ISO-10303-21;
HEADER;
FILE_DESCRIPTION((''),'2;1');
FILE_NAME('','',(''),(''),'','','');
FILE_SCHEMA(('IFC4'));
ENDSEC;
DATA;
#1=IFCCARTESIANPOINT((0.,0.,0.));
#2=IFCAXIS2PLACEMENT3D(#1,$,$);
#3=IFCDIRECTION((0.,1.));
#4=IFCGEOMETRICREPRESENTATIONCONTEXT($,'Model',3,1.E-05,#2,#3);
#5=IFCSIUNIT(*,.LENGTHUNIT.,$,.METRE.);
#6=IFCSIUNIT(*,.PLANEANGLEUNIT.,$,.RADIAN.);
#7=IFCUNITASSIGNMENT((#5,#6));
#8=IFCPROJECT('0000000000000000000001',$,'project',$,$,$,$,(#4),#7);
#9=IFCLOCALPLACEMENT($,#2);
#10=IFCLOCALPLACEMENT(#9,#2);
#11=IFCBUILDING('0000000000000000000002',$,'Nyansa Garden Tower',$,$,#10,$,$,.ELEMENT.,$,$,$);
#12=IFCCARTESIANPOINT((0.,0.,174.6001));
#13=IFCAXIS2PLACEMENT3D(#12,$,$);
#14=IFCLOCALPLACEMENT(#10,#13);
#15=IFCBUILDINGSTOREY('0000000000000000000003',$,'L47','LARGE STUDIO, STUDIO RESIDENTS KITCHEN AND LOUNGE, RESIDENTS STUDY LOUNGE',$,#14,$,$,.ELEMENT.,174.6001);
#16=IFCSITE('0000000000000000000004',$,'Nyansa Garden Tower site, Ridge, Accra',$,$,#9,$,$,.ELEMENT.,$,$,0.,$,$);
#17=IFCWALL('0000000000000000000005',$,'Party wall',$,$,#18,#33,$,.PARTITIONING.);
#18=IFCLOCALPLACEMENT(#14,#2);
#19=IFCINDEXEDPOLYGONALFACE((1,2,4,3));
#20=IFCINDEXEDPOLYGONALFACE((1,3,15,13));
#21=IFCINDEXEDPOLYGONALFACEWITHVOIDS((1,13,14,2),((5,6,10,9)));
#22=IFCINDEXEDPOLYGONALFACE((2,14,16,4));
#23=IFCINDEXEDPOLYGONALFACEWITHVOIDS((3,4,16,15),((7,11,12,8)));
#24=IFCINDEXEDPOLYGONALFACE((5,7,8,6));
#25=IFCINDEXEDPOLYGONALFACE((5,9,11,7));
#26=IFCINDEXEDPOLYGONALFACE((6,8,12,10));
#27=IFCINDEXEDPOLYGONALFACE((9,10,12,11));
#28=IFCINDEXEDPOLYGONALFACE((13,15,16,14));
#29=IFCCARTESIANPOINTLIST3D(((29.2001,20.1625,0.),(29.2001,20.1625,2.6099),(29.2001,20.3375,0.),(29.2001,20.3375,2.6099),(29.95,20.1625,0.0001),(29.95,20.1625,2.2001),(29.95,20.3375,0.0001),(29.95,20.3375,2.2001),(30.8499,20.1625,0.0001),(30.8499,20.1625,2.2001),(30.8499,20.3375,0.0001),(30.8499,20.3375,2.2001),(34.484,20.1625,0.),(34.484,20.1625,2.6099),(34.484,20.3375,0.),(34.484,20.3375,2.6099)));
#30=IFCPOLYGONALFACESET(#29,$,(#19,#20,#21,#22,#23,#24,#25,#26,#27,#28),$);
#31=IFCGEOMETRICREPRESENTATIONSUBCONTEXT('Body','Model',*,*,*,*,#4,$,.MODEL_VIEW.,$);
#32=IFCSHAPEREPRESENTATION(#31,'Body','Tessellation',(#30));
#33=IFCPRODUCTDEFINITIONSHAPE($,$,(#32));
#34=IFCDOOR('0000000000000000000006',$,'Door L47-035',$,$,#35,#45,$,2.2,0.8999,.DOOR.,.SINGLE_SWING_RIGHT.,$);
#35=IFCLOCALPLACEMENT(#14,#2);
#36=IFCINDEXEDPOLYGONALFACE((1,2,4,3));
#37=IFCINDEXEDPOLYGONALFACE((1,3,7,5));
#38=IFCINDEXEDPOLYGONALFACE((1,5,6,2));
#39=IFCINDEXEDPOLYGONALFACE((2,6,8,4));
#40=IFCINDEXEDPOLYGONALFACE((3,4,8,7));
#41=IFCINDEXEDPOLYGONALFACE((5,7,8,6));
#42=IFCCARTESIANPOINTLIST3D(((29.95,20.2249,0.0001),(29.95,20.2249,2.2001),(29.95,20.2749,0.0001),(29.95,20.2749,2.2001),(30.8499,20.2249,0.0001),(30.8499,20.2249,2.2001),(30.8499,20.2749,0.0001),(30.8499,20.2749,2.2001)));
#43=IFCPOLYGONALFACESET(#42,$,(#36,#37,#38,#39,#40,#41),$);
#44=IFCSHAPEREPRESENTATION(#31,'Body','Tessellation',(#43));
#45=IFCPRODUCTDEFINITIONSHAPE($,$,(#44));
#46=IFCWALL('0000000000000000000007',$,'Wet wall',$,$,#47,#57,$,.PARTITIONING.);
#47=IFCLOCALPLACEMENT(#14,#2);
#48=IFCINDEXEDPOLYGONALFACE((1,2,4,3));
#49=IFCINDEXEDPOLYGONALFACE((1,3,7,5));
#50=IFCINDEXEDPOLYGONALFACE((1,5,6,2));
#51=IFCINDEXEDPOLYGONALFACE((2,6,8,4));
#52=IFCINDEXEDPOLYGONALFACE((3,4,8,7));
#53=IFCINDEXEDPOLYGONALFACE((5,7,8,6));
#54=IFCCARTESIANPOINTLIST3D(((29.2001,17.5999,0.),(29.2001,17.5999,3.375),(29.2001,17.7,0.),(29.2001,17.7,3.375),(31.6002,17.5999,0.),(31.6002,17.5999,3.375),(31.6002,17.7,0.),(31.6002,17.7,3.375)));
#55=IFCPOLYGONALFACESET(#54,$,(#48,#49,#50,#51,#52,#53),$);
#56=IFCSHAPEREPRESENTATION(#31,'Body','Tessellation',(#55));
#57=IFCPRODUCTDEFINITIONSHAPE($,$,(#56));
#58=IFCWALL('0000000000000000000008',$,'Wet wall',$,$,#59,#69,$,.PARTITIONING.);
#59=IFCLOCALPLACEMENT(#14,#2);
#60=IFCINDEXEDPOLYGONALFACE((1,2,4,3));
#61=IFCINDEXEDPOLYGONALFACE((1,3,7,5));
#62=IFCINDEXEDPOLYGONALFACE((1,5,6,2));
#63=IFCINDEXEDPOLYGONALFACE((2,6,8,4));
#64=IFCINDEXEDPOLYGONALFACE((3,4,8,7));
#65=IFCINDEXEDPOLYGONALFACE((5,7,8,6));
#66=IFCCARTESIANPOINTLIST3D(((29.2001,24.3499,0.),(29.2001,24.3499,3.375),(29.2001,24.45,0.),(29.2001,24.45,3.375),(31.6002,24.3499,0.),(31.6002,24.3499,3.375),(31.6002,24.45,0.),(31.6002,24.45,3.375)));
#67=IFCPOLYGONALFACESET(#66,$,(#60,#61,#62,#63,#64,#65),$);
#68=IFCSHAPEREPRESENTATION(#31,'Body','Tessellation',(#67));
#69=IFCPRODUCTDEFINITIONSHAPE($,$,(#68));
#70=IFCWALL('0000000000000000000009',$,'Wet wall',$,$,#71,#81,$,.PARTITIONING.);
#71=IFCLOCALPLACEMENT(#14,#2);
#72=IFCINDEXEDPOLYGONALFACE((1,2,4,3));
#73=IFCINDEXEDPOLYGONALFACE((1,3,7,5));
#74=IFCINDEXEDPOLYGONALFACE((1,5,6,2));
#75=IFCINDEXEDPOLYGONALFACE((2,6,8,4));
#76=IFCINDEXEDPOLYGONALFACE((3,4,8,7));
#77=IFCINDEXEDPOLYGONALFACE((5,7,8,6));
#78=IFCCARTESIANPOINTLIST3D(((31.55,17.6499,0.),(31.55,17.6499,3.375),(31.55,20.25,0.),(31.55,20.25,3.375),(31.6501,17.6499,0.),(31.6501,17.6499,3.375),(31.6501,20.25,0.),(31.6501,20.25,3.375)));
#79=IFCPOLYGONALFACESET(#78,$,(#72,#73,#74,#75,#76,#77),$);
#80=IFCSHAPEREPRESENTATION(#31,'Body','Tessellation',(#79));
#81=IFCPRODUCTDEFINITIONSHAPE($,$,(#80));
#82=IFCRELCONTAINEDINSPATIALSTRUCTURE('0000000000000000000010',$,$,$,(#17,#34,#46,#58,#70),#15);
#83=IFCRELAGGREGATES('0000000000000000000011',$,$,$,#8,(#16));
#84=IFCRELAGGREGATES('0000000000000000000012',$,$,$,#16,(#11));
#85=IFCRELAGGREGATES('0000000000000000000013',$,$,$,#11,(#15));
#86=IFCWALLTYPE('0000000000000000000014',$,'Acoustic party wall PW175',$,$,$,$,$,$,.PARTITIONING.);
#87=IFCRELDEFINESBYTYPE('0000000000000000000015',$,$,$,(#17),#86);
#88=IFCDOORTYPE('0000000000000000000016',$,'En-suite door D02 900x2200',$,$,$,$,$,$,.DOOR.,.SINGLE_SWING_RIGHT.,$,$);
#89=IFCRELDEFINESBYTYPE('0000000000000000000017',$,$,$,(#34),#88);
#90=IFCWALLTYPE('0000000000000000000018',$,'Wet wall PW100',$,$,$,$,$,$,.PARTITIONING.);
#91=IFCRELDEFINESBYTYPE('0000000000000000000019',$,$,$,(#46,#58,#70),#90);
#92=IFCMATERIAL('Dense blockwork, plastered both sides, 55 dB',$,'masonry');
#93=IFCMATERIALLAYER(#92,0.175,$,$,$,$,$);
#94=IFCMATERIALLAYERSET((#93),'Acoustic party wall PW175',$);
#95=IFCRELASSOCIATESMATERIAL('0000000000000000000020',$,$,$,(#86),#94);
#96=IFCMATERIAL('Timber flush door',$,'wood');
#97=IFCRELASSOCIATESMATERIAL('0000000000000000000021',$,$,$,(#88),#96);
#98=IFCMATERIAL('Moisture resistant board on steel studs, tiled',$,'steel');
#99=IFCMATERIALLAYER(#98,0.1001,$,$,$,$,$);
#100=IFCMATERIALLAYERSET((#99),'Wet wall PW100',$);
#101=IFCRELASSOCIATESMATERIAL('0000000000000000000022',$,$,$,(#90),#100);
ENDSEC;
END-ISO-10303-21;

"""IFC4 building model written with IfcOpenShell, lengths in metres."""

from ifc_helpers import new_model, si_unit, direction, frame, frame_2d, origin, place, context, subcontext, project, spatial, rectangle, extrude, material, layer, layer_set, type_object, element, fill, save


model = new_model("IFC4")

# Units and contexts
model_context = context("Model", 3, precision=1e-05, world=origin(), true_north=direction((0.0, 1.0)))
body_context = subcontext(model_context, "Body", "Model", "MODEL_VIEW")
ifc_project = project(units=[si_unit("LENGTHUNIT", "METRE"), si_unit("PLANEANGLEUNIT", "RADIAN")], contexts=[model_context])

# Site, building, storey
site_placement = place(None, origin())
site = spatial("IfcSite", under=ifc_project, at=site_placement, Name="Nyansa Garden Tower site, Ridge, Accra", CompositionType="ELEMENT", RefElevation=0.0)
building_placement = place(site_placement, origin())
building = spatial("IfcBuilding", under=site, at=building_placement, Name="Nyansa Garden Tower", CompositionType="ELEMENT")
storey_placement = place(building_placement, frame((0.0, 0.0, 174.6001)))
storey = spatial("IfcBuildingStorey", under=building, at=storey_placement, Name="L47", Description="LARGE STUDIO, STUDIO RESIDENTS KITCHEN AND LOUNGE, RESIDENTS STUDY LOUNGE", CompositionType="ELEMENT", Elevation=174.6001)

# Wall, opening, door
ifc_material_1 = material(Name="Dense blockwork, plastered both sides, 55 dB", Category="masonry")
ifc_layer_1 = layer(ifc_material_1, 0.175)
ifc_layer_set_1 = layer_set([ifc_layer_1], Name="Acoustic party wall PW175")
wall_type_1 = type_object("IfcWallType", Name="Acoustic party wall PW175", PredefinedType="PARTITIONING", material=ifc_layer_set_1)
wall_1_placement = place(storey_placement, frame((29.2, 20.25, 0.0), z_axis=(0.0, 0.0, 1.0), x_axis=(1.0, 0.0, 0.0)))
wall_1 = element("IfcWall", 1, at=wall_1_placement, inside=storey, type_object=wall_type_1, Name="Party wall", PredefinedType="PARTITIONING", context=body_context, shape_type="SweptSolid", body=[
    extrude(rectangle(XDim=5.2839, YDim=0.175, at=frame_2d((2.6421, 0.0))), origin(), (0.0, 0.0, 1.0), 2.6099),
])
opening_placement = place(wall_1_placement, frame((0.75, 0.0, 0.0)))
opening = element("IfcOpeningElement", 2, at=opening_placement, cuts=wall_1, PredefinedType="OPENING", context=body_context, shape_type="SweptSolid", body=[
    extrude(rectangle(XDim=0.8999, YDim=2.2, at=frame_2d((0.45, 1.1001))), frame((0.0, 0.0974, 0.0), z_axis=(0.0, -1.0, 0.0), x_axis=(1.0, 0.0, 0.0)), (0.0, 0.0, 1.0), 0.1951),
])
ifc_material_2 = material(Name="Timber flush door", Category="wood")
door_type = type_object("IfcDoorType", Name="En-suite door D02 900x2200", OperationType="SINGLE_SWING_RIGHT", PredefinedType="DOOR", material=ifc_material_2)
door_placement = place(opening_placement, origin())
door = element("IfcDoor", 3, at=door_placement, inside=storey, type_object=door_type, Name="Door L47-035", OperationType="SINGLE_SWING_RIGHT", OverallHeight=2.2, OverallWidth=0.8999, PredefinedType="DOOR", context=body_context, shape_type="SweptSolid", body=[
    extrude(rectangle(XDim=0.8999, YDim=2.2, at=frame_2d((0.45, 1.1001))), frame((0.0, 0.0249, 0.0), z_axis=(0.0, -1.0, 0.0), x_axis=(1.0, 0.0, 0.0)), (0.0, 0.0, 1.0), 0.05),
])
fill(opening, door)

# Walls
ifc_material_3 = material(Name="Moisture resistant board on steel studs, tiled", Category="steel")
ifc_layer_2 = layer(ifc_material_3, 0.1001)
ifc_layer_set_2 = layer_set([ifc_layer_2], Name="Wet wall PW100")
wall_type_2 = type_object("IfcWallType", Name="Wet wall PW100", PredefinedType="PARTITIONING", material=ifc_layer_set_2)
for number, where, z_axis, x_axis, name in (
    (4, (29.2, 17.6499, 0.0), (0.0, 0.0, 1.0), (1.0, 0.0, 0.0), "Wet wall"),
    (5, (29.2, 24.3999, 0.0), (0.0, 0.0, 1.0), (1.0, 0.0, 0.0), "Wet wall"),
):
    element("IfcWall", number, at=place(storey_placement, frame(where, z_axis=z_axis, x_axis=x_axis)), inside=storey, type_object=wall_type_2, Name=name, PredefinedType="PARTITIONING", context=body_context, shape_type="SweptSolid", body=[
        extrude(rectangle(XDim=2.4001, YDim=0.1001, at=frame_2d((1.2002, 0.0))), origin(), (0.0, 0.0, 1.0), 3.375),
    ])
wall_2_placement = place(storey_placement, frame((31.6001, 17.6499, 0.0), z_axis=(0.0, 0.0, 1.0), x_axis=(0.0, 1.0, 0.0)))
element("IfcWall", 6, at=wall_2_placement, inside=storey, type_object=wall_type_2, Name="Wet wall", PredefinedType="PARTITIONING", context=body_context, shape_type="SweptSolid", body=[
    extrude(rectangle(XDim=2.6001, YDim=0.1001, at=frame_2d((1.3, 0.0))), origin(), (0.0, 0.0, 1.0), 3.375),
])

save(model, "model.ifc")
